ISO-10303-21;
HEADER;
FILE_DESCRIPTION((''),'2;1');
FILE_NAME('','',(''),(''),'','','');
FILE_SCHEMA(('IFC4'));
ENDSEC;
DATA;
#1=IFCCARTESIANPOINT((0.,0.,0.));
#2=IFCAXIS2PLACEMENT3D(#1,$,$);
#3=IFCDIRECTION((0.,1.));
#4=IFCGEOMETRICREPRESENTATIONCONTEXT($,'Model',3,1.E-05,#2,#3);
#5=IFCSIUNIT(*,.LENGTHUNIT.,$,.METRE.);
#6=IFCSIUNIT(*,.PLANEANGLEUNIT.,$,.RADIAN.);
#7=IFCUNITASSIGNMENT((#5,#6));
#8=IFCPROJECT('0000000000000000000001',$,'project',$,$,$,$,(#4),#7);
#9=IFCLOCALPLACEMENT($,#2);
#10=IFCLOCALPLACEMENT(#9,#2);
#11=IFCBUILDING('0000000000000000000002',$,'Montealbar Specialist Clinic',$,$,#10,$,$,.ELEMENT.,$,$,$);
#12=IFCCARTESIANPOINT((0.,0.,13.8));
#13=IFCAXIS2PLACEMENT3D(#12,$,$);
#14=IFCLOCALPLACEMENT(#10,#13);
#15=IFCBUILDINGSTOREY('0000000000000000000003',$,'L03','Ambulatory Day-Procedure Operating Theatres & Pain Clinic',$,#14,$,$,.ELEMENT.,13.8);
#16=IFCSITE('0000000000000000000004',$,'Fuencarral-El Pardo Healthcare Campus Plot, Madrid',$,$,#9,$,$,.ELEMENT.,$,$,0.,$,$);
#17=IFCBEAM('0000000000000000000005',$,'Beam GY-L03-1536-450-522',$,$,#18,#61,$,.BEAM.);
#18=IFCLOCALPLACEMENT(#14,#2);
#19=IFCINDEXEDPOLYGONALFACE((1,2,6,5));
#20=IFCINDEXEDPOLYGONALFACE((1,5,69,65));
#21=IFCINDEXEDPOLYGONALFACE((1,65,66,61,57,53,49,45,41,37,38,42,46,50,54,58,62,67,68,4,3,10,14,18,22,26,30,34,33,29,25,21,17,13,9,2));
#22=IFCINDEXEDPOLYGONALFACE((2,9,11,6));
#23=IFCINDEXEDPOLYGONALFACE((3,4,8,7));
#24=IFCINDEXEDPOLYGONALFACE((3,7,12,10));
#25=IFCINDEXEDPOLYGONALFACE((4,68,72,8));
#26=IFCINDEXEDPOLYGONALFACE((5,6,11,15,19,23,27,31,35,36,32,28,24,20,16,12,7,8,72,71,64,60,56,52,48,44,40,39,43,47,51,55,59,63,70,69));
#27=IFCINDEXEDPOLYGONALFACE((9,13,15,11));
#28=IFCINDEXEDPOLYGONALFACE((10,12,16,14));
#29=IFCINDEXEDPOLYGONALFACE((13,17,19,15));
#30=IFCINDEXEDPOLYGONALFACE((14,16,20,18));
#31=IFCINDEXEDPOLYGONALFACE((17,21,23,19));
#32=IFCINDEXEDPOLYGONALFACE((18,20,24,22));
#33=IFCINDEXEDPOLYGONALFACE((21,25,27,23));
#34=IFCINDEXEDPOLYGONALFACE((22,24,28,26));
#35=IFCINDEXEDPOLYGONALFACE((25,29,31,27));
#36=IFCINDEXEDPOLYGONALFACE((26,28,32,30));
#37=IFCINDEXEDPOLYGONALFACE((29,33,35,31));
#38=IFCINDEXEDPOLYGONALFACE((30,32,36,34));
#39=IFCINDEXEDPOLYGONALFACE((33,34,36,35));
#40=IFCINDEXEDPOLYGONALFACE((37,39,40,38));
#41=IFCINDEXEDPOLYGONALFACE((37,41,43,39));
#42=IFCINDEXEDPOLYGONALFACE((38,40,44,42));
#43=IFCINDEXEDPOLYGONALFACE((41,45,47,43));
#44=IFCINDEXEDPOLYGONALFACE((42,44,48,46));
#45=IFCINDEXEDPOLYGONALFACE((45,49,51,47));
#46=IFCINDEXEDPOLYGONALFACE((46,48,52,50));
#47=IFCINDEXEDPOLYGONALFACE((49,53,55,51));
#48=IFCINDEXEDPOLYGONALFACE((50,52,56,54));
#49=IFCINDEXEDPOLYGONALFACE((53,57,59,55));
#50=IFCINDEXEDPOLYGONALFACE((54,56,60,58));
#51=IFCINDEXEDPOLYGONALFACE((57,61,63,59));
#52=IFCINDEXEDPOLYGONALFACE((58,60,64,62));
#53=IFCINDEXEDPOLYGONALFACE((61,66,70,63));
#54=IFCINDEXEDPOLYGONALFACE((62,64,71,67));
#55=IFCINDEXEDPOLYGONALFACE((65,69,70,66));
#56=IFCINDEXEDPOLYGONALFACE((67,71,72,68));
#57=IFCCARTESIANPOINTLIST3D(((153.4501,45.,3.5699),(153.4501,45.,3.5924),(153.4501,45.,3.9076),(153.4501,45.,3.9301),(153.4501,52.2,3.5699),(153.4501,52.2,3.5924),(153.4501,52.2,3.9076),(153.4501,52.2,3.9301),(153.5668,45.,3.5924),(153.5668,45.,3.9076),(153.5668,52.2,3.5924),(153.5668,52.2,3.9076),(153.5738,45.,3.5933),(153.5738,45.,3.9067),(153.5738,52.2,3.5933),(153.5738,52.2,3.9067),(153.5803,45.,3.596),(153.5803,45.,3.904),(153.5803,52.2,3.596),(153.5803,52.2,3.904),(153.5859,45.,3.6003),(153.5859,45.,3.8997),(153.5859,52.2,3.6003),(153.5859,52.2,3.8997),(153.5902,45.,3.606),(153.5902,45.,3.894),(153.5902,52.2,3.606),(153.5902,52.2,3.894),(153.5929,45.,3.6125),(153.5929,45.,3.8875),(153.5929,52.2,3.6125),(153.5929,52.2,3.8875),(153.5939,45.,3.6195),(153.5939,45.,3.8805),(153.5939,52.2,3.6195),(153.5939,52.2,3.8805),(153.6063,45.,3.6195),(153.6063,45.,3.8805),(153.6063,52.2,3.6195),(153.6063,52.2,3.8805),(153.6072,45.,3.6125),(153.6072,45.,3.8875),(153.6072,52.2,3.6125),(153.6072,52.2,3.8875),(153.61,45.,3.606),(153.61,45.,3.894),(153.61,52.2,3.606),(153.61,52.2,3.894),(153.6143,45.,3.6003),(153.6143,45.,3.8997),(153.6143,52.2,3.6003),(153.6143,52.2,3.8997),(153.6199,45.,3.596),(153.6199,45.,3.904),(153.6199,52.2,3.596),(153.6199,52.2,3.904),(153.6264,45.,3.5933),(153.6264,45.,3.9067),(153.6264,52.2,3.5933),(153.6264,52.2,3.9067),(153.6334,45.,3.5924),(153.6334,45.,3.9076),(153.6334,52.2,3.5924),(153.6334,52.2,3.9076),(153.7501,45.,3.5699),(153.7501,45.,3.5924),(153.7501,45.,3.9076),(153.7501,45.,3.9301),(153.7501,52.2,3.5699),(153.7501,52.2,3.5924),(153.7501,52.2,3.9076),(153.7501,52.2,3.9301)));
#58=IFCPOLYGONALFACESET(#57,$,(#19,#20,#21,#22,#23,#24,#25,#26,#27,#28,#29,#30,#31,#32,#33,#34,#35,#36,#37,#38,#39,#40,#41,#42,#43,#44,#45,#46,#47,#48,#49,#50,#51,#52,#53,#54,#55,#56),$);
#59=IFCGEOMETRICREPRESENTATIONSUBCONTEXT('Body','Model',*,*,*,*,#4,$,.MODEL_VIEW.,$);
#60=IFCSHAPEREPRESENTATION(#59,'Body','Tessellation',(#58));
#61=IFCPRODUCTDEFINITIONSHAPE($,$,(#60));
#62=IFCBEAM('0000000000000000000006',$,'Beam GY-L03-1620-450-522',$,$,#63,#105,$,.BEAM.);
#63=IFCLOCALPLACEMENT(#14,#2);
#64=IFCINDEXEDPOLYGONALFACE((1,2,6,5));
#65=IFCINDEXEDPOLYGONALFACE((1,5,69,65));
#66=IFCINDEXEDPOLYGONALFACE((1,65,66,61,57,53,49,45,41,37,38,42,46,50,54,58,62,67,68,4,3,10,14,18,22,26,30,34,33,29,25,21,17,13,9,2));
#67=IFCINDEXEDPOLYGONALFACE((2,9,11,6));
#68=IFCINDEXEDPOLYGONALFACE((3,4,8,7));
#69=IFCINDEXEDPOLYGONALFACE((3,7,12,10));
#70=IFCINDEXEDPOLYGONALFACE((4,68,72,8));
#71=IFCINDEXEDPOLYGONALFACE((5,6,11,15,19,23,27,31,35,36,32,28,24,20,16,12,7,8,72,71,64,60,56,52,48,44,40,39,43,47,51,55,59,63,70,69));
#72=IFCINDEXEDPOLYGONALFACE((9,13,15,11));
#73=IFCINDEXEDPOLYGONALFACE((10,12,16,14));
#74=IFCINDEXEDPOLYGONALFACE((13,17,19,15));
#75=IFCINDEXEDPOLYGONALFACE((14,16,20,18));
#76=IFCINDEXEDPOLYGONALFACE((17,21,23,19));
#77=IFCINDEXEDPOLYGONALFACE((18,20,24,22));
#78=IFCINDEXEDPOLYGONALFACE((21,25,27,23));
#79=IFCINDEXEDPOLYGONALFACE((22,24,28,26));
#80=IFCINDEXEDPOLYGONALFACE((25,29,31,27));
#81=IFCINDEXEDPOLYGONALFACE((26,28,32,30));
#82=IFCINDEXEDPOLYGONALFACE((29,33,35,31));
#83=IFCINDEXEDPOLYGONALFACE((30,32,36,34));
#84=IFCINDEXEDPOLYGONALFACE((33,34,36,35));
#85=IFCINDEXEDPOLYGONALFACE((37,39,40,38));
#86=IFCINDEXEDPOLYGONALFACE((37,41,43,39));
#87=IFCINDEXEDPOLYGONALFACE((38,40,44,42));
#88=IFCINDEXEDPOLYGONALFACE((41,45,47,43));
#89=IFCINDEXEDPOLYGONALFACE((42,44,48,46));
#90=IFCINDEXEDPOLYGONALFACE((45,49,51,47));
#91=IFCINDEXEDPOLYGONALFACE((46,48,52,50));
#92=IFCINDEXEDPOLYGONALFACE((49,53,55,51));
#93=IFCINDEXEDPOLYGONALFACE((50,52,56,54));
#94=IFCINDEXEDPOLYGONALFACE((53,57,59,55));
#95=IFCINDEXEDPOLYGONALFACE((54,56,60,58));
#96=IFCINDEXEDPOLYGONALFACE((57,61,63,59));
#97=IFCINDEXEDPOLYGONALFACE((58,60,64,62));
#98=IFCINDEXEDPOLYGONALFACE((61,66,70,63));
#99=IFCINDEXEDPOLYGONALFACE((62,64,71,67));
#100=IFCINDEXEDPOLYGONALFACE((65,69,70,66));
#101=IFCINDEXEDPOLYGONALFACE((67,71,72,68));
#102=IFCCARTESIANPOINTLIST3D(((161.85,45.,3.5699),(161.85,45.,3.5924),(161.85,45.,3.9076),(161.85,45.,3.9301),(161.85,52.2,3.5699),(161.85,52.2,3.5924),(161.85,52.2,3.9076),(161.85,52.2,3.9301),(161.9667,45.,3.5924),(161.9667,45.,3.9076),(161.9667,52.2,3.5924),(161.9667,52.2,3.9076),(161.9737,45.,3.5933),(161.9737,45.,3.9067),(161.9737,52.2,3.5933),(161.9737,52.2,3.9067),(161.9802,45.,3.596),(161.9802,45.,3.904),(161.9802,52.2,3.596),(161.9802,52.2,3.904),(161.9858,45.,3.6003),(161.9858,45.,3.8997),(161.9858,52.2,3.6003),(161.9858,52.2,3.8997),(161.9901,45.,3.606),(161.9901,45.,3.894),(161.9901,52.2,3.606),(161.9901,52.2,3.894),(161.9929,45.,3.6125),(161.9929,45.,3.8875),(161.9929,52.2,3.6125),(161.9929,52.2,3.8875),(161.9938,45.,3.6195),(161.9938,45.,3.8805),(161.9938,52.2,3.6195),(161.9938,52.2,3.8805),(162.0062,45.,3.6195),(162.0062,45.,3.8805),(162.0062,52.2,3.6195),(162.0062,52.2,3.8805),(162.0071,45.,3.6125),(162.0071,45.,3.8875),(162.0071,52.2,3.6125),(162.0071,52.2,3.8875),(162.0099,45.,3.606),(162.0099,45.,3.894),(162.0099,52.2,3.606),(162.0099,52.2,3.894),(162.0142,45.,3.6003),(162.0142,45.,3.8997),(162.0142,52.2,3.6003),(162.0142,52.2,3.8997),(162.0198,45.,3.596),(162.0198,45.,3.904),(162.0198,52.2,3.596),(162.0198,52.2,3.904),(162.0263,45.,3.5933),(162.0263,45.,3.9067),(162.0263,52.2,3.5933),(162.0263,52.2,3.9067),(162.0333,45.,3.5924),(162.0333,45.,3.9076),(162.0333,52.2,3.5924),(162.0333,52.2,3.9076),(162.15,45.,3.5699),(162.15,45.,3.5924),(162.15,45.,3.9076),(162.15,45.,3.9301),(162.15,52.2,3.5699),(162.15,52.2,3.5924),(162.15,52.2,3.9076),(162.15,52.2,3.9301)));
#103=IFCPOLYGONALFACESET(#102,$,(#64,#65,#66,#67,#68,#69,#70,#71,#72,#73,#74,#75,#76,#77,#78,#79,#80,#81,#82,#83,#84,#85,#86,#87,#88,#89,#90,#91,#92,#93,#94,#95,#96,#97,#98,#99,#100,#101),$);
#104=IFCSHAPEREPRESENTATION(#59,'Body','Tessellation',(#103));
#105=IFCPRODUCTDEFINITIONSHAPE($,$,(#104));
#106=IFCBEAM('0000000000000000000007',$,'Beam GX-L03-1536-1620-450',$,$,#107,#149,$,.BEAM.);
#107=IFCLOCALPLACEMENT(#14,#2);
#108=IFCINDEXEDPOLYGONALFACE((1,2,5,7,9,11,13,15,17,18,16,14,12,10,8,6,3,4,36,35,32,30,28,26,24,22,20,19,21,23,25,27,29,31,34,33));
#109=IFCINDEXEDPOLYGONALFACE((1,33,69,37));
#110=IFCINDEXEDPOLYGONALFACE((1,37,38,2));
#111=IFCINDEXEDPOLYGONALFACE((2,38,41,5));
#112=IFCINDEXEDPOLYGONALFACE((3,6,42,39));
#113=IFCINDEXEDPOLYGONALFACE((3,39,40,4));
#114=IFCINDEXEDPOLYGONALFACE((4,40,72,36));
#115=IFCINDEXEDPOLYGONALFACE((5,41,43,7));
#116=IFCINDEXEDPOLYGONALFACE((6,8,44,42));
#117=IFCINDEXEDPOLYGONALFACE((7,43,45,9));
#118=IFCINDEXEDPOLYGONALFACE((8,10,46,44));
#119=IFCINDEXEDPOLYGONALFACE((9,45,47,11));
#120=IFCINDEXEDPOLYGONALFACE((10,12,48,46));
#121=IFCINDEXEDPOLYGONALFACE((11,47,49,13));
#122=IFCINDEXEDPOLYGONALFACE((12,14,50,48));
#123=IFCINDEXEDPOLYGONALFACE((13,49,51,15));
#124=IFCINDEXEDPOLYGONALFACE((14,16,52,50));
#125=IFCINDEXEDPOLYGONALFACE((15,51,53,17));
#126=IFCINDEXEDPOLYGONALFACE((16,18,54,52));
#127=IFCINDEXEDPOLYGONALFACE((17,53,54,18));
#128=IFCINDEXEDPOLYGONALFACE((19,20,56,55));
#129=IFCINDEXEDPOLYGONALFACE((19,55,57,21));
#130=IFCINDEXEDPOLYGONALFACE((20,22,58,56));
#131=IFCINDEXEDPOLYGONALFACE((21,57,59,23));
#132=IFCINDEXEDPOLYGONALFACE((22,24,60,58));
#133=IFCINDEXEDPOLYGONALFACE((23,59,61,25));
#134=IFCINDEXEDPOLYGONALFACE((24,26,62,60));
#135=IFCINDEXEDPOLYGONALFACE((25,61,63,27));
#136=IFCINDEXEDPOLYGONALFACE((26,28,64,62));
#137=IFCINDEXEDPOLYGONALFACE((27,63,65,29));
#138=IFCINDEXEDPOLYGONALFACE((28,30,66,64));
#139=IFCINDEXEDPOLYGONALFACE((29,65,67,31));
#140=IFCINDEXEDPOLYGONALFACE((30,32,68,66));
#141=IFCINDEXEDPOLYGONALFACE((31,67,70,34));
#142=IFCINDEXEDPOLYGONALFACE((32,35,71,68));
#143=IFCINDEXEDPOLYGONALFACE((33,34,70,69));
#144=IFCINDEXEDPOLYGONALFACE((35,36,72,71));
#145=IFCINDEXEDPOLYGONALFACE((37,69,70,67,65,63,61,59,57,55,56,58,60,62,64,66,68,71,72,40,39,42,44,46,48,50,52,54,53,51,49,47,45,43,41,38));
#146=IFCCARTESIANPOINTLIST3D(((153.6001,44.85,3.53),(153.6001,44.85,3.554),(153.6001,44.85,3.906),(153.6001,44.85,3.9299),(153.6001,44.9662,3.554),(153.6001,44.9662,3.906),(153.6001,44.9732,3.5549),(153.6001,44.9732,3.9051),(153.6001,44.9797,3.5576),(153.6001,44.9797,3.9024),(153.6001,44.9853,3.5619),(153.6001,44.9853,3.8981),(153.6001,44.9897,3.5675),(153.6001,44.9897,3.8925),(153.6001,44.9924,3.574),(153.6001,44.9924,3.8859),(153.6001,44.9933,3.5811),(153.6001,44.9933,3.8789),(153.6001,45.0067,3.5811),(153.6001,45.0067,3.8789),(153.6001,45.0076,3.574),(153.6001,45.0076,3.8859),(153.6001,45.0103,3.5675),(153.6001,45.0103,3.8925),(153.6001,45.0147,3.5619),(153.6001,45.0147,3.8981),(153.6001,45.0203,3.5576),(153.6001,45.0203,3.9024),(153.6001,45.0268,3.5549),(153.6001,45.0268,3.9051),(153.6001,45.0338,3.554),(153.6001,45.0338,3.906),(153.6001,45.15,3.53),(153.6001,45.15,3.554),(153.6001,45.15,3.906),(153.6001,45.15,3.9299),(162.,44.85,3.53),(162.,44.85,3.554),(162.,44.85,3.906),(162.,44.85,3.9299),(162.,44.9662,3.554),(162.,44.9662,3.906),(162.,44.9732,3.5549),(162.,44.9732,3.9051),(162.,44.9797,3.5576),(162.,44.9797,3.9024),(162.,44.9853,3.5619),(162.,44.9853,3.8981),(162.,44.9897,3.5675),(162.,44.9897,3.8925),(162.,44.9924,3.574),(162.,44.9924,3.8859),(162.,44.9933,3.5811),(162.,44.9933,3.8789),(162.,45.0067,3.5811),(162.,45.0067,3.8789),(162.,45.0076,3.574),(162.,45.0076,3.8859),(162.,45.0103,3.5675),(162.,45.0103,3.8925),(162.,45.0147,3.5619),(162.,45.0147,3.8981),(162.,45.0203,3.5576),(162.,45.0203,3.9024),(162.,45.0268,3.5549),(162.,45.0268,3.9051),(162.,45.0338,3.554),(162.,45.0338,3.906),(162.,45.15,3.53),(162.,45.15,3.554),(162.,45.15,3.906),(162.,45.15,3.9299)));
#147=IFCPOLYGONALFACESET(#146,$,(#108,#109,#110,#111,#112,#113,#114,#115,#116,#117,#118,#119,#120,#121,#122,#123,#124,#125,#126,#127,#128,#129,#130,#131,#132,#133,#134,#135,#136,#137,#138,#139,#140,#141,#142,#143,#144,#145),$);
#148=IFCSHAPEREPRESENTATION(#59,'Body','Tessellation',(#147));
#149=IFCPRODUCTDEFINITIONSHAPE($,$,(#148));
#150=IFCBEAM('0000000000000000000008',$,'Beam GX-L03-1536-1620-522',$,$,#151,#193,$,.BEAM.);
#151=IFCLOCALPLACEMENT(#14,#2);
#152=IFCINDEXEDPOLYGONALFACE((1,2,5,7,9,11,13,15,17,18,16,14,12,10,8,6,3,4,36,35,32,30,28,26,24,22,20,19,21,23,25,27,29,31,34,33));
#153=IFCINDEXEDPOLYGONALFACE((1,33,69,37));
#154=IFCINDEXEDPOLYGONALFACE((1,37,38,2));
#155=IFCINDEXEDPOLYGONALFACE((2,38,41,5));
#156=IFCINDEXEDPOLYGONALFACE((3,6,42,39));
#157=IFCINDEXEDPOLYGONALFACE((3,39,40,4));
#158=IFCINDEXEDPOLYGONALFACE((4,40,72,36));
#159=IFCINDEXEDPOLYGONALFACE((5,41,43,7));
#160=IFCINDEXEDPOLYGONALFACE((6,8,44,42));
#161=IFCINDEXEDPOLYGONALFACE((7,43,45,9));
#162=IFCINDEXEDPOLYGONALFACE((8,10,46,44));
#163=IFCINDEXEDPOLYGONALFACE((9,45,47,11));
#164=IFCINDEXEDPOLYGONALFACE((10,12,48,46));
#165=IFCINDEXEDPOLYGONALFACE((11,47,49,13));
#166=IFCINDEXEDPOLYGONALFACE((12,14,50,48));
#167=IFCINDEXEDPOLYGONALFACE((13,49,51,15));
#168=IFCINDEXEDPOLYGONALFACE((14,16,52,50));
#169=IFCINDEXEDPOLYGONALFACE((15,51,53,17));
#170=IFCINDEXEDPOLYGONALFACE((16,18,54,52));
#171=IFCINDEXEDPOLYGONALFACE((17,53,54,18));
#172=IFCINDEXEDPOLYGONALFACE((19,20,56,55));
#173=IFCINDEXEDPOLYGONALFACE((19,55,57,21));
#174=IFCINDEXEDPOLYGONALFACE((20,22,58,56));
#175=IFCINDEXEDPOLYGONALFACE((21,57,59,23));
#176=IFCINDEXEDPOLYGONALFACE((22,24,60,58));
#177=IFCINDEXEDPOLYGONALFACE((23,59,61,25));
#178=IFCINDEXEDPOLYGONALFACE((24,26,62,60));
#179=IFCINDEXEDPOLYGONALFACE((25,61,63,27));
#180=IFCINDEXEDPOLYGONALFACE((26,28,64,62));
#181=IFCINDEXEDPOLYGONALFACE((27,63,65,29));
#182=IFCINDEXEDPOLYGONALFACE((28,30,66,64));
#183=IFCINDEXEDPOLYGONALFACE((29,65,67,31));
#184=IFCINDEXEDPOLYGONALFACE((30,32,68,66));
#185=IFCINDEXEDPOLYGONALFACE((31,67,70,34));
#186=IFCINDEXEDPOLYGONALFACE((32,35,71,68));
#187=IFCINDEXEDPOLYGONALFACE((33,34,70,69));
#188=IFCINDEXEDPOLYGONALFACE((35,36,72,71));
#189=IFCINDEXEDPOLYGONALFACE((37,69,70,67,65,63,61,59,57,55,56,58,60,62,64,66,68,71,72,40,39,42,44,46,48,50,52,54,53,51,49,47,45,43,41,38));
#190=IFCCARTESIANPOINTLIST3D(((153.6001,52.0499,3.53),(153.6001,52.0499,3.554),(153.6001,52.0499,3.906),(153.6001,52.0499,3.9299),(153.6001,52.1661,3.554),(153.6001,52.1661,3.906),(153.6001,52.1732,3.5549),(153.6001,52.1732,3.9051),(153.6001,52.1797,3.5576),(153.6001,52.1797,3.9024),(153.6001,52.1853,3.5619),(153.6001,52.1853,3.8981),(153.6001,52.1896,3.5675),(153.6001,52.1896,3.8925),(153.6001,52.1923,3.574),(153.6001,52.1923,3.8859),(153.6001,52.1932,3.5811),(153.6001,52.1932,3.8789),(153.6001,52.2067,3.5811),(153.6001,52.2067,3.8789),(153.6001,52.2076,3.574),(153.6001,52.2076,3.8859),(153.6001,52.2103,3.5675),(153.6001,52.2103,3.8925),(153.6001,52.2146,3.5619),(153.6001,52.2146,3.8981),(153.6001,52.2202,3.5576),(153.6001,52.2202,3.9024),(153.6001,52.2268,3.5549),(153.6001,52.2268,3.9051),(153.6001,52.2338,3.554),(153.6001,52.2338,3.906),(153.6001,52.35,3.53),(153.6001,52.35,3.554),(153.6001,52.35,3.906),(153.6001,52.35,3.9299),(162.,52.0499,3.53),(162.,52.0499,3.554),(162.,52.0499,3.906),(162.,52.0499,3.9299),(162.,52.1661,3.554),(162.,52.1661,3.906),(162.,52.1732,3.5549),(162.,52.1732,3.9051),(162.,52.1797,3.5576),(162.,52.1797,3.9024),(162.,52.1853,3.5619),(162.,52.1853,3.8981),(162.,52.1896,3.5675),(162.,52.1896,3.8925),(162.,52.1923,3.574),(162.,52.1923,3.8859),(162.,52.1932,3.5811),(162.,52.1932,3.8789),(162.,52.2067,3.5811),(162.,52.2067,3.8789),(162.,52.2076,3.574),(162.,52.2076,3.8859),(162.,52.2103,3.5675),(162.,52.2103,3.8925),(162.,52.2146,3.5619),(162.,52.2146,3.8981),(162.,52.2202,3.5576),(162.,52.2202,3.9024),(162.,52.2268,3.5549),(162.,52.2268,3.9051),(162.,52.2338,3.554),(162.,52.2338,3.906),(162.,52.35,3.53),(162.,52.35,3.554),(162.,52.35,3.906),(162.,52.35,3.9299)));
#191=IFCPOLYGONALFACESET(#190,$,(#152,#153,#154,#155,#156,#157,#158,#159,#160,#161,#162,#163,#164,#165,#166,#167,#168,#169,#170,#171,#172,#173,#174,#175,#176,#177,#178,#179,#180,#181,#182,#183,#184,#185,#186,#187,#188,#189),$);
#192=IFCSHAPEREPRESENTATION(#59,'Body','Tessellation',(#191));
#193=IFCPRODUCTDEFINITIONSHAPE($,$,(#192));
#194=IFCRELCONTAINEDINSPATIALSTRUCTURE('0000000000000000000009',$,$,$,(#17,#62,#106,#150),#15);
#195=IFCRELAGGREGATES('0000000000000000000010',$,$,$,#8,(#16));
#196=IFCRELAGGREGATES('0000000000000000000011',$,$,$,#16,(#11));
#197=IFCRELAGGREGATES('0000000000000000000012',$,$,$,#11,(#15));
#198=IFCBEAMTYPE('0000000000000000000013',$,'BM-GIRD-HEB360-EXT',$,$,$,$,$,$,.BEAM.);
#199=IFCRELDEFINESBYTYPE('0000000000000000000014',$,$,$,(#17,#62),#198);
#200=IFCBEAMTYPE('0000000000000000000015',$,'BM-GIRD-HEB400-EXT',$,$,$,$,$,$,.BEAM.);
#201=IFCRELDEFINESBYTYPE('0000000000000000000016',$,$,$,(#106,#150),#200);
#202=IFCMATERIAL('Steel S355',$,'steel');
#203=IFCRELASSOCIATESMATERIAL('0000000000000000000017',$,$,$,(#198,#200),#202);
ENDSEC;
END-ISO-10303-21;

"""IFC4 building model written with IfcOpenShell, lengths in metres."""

from ifc_helpers import new_model, si_unit, direction, frame, origin, origin_2d, place, context, subcontext, project, spatial, i_section, extrude, material, material_profile, profile_set, type_object, element, save


model = new_model("IFC4")

# Units and contexts
model_context = context("Model", 3, precision=1e-05, world=origin(), true_north=direction((0.0, 1.0)))
body_context = subcontext(model_context, "Body", "Model", "MODEL_VIEW")
ifc_project = project(units=[si_unit("LENGTHUNIT", "METRE"), si_unit("PLANEANGLEUNIT", "RADIAN")], contexts=[model_context])

# Site, building, storey
site_placement = place(None, origin())
site = spatial("IfcSite", under=ifc_project, at=site_placement, Name="Fuencarral-El Pardo Healthcare Campus Plot, Madrid", CompositionType="ELEMENT", RefElevation=0.0)
building_placement = place(site_placement, origin())
building = spatial("IfcBuilding", under=site, at=building_placement, Name="Montealbar Specialist Clinic", CompositionType="ELEMENT")
storey_placement = place(building_placement, frame((0.0, 0.0, 13.8)))
storey = spatial("IfcBuildingStorey", under=building, at=storey_placement, Name="L03", Description="Ambulatory Day-Procedure Operating Theatres & Pain Clinic", CompositionType="ELEMENT", Elevation=13.8)

# Shared definitions
ifc_material_1 = material(Name="Steel S355", Category="steel")

# Beams
ifc_material_profile_1 = material_profile(ifc_material_1, i_section(OverallWidth=0.3, OverallDepth=0.3601, WebThickness=0.0125, FlangeThickness=0.0225, FilletRadius=0.0271, at=origin_2d()), Name="HEB 360", Category="steel")
ifc_profile_set_1 = profile_set([ifc_material_profile_1], Name="Steel S355")
beam_type_1 = type_object("IfcBeamType", Name="BM-GIRD-HEB360-EXT", PredefinedType="BEAM", material=ifc_profile_set_1)
for number, where, z_axis, x_axis, name in (
    (1, (153.6001, 45.0, 3.75), (0.0, 1.0, 0.0), (-1.0, 0.0, 0.0), "Beam GY-L03-1536-450-522"),
    (2, (162.0, 45.0, 3.75), (0.0, 1.0, 0.0), (-1.0, 0.0, 0.0), "Beam GY-L03-1620-450-522"),
):
    element("IfcBeam", number, at=place(storey_placement, frame(where, z_axis=z_axis, x_axis=x_axis)), inside=storey, type_object=beam_type_1, Name=name, PredefinedType="BEAM", context=body_context, shape_type="SweptSolid", body=[
        extrude(i_section(OverallWidth=0.3, OverallDepth=0.3601, WebThickness=0.0125, FlangeThickness=0.0225, FilletRadius=0.0271, at=origin_2d()), origin(), (0.0, 0.0, 1.0), 7.2),
    ])
ifc_material_profile_2 = material_profile(ifc_material_1, i_section(OverallWidth=0.3, OverallDepth=0.3999, WebThickness=0.0134, FlangeThickness=0.0239, FilletRadius=0.0271, at=origin_2d()), Name="HEB 400", Category="steel")
ifc_profile_set_2 = profile_set([ifc_material_profile_2], Name="Steel S355")
beam_type_2 = type_object("IfcBeamType", Name="BM-GIRD-HEB400-EXT", PredefinedType="BEAM", material=ifc_profile_set_2)
for number, where, z_axis, x_axis, name in (
    (3, (153.6001, 45.0, 3.73), (1.0, 0.0, 0.0), (0.0, 1.0, 0.0), "Beam GX-L03-1536-1620-450"),
    (4, (153.6001, 52.2, 3.73), (1.0, 0.0, 0.0), (0.0, 1.0, 0.0), "Beam GX-L03-1536-1620-522"),
):
    element("IfcBeam", number, at=place(storey_placement, frame(where, z_axis=z_axis, x_axis=x_axis)), inside=storey, type_object=beam_type_2, Name=name, PredefinedType="BEAM", context=body_context, shape_type="SweptSolid", body=[
        extrude(i_section(OverallWidth=0.3, OverallDepth=0.3999, WebThickness=0.0134, FlangeThickness=0.0239, FilletRadius=0.0271, at=origin_2d()), origin(), (0.0, 0.0, 1.0), 8.3999),
    ])

save(model, "model.ifc")
